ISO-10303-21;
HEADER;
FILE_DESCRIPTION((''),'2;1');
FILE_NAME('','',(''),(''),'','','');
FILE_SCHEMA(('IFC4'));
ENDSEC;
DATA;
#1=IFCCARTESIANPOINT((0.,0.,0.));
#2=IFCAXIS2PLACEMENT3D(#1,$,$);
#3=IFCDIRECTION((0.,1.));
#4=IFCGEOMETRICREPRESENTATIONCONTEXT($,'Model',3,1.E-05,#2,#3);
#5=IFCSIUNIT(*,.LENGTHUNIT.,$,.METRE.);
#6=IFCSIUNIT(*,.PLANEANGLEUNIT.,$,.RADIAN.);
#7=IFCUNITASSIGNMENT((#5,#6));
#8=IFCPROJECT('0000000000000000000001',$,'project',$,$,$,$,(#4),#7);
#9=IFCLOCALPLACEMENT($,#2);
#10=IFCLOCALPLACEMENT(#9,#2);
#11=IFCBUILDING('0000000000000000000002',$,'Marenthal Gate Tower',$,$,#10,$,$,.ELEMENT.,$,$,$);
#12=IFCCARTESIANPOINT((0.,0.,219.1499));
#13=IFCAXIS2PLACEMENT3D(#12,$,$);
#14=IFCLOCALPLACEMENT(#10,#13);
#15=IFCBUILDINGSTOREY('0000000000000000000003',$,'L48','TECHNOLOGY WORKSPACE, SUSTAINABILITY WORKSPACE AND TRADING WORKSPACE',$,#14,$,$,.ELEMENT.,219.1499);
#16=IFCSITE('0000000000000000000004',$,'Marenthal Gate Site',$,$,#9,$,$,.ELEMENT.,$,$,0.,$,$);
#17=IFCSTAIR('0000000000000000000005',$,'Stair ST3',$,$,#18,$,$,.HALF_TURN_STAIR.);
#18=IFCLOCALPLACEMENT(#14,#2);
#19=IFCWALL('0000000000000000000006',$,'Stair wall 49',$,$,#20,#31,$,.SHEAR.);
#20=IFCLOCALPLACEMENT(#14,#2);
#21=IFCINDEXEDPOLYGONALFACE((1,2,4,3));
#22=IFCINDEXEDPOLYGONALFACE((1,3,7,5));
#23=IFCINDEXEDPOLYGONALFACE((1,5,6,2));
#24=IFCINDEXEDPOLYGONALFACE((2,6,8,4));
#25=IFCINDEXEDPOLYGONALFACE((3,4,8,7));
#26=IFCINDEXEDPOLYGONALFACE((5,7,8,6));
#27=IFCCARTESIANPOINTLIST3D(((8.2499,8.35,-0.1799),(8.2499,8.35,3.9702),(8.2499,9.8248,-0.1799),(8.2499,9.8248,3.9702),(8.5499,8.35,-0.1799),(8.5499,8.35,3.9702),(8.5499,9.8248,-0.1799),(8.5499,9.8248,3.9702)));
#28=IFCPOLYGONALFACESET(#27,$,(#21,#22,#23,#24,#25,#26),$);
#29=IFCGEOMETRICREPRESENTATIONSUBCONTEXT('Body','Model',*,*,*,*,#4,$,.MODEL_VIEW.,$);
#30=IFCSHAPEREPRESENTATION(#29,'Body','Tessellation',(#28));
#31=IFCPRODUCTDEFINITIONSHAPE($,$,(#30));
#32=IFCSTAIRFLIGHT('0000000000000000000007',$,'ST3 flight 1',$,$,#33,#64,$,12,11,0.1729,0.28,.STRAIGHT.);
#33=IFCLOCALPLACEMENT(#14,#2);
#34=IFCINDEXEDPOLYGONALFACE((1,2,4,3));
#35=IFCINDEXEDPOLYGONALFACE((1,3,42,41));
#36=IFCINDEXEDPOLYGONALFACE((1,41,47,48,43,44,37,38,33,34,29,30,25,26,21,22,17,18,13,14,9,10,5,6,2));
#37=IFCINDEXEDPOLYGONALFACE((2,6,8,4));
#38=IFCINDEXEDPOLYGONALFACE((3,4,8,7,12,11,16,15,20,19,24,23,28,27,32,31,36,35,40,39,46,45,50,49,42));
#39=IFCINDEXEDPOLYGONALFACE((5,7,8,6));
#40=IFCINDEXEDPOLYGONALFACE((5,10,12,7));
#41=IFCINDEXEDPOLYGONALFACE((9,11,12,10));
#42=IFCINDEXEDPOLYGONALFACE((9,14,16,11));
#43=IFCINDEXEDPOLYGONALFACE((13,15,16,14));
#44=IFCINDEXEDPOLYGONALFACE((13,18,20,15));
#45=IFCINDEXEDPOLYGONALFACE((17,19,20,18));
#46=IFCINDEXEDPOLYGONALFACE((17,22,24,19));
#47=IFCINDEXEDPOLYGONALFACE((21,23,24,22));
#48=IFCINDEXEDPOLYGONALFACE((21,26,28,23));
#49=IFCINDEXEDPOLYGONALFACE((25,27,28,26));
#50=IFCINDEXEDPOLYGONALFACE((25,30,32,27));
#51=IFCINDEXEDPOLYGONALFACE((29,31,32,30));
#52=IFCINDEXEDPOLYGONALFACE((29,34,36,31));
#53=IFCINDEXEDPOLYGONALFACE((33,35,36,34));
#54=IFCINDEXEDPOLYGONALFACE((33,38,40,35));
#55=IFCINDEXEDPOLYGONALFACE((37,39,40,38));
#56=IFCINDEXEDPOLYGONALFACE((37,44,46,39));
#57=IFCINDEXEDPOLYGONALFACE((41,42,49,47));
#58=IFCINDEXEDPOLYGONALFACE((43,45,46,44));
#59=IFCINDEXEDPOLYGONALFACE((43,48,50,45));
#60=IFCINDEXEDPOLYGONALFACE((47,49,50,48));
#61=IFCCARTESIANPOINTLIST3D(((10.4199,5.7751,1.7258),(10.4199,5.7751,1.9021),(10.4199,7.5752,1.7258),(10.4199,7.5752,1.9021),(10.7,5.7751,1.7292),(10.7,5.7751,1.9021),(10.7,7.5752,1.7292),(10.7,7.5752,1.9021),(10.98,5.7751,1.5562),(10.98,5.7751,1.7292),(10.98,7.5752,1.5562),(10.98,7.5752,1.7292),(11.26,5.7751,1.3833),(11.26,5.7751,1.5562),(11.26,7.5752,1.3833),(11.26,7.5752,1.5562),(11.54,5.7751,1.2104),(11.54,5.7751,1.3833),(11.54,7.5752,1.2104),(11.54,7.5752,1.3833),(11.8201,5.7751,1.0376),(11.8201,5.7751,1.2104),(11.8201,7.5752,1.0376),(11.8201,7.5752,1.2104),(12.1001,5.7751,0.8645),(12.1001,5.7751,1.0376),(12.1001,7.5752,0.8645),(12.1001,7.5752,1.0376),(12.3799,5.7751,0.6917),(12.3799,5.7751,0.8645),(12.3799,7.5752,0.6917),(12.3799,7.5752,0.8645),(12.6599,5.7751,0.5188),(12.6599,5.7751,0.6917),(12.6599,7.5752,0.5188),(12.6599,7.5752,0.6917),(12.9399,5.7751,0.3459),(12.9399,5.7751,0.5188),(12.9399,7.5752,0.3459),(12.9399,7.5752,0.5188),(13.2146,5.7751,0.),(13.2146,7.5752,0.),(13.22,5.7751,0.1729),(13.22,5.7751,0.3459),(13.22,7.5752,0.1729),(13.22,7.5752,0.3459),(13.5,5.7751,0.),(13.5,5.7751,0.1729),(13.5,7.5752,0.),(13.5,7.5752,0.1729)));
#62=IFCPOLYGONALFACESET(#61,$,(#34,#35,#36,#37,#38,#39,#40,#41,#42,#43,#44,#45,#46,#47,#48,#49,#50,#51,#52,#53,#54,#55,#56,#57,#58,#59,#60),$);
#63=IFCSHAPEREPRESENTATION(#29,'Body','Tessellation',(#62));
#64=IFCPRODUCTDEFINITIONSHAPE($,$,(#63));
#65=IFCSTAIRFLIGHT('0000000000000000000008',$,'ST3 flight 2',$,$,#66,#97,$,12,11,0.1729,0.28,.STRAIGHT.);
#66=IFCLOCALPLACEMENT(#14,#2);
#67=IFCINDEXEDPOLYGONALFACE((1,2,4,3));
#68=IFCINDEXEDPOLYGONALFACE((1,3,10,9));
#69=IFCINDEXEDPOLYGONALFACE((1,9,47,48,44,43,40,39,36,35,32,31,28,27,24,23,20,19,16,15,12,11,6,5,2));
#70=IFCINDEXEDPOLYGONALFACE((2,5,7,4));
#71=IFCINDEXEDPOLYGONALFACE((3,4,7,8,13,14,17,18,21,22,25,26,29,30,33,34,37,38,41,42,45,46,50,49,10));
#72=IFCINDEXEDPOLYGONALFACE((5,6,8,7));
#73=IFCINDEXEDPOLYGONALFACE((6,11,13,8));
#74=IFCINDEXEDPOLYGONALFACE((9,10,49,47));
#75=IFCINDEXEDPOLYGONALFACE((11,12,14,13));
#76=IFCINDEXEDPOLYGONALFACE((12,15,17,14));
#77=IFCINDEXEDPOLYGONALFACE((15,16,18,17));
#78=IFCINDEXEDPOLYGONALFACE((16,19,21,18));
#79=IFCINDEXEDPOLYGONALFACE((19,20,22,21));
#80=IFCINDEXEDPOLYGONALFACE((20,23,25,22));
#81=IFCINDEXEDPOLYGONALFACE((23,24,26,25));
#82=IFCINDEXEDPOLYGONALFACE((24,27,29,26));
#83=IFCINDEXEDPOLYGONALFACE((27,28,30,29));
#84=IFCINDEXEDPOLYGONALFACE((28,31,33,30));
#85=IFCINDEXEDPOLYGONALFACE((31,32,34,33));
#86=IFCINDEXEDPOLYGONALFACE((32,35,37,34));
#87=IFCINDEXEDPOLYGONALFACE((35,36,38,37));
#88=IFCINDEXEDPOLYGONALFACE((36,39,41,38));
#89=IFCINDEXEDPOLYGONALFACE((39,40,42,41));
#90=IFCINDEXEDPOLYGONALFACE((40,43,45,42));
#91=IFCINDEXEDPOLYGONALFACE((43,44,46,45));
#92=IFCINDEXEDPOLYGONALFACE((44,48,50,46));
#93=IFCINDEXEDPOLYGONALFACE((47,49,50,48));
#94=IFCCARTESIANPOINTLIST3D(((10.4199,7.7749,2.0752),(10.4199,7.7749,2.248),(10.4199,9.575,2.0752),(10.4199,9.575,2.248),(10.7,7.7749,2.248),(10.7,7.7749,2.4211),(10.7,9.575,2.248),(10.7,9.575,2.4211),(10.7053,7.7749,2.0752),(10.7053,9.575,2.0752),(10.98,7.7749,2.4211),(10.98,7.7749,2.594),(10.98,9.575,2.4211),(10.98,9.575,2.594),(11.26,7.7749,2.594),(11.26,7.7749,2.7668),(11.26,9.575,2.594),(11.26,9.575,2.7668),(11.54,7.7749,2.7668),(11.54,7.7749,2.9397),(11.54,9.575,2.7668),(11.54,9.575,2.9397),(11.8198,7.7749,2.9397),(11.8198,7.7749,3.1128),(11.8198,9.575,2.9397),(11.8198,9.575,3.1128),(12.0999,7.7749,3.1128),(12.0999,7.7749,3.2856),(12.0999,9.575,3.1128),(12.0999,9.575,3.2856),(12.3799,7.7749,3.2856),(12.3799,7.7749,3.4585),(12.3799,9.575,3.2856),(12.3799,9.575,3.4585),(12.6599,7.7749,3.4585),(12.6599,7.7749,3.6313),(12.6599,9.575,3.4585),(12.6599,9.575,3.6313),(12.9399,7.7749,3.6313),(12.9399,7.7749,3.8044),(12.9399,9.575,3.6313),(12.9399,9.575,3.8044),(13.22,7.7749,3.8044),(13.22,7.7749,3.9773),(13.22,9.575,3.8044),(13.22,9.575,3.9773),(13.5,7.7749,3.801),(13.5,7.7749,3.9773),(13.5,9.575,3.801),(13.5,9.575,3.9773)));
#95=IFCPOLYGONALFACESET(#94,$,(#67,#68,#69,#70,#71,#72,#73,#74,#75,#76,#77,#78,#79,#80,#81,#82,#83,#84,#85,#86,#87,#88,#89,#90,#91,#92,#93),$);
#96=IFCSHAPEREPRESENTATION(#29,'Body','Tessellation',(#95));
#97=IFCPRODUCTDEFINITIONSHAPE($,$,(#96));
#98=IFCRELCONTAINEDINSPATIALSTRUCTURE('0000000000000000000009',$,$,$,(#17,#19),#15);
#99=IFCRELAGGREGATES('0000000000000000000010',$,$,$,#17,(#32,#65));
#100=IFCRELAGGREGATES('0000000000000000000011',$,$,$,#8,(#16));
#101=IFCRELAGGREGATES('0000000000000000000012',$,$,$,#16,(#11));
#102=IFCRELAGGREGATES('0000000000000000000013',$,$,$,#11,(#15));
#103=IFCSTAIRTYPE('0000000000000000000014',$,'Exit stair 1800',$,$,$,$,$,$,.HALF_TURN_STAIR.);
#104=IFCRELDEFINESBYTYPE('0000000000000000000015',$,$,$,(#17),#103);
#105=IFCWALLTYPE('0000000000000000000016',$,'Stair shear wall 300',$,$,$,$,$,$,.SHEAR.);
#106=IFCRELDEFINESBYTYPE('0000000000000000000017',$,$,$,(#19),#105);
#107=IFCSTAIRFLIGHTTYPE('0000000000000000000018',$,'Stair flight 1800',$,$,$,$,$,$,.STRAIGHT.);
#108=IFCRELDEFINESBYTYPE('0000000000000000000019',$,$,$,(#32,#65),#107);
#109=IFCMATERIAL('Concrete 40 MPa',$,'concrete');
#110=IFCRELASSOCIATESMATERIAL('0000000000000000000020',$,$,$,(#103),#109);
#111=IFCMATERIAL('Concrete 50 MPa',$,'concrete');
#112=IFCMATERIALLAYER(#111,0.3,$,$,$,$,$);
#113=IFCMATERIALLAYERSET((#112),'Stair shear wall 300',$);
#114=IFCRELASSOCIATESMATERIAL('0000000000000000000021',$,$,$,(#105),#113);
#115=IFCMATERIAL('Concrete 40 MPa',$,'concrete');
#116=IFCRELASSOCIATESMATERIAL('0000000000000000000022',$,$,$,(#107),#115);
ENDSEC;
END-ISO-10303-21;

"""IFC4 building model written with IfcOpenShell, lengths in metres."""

from ifc_helpers import new_model, si_unit, direction, frame, frame_2d, origin, place, context, subcontext, project, spatial, polyline, rectangle, outline, extrude, material, layer, layer_set, type_object, element, aggregate, save


model = new_model("IFC4")

# Units and contexts
model_context = context("Model", 3, precision=1e-05, world=origin(), true_north=direction((0.0, 1.0)))
body_context = subcontext(model_context, "Body", "Model", "MODEL_VIEW")
ifc_project = project(units=[si_unit("LENGTHUNIT", "METRE"), si_unit("PLANEANGLEUNIT", "RADIAN")], contexts=[model_context])

# Site, building, storey
site_placement = place(None, origin())
site = spatial("IfcSite", under=ifc_project, at=site_placement, Name="Marenthal Gate Site", CompositionType="ELEMENT", RefElevation=0.0)
building_placement = place(site_placement, origin())
building = spatial("IfcBuilding", under=site, at=building_placement, Name="Marenthal Gate Tower", CompositionType="ELEMENT")
storey_placement = place(building_placement, frame((0.0, 0.0, 219.1499)))
storey = spatial("IfcBuildingStorey", under=building, at=storey_placement, Name="L48", Description="TECHNOLOGY WORKSPACE, SUSTAINABILITY WORKSPACE AND TRADING WORKSPACE", CompositionType="ELEMENT", Elevation=219.1499)

# Stair
ifc_material_1 = material(Name="Concrete 40 MPa", Category="concrete")
stair_type = type_object("IfcStairType", Name="Exit stair 1800", PredefinedType="HALF_TURN_STAIR", material=ifc_material_1)
stair_1_placement = place(storey_placement, origin())
stair_1 = element("IfcStair", 1, at=stair_1_placement, inside=storey, type_object=stair_type, Name="Stair ST3", PredefinedType="HALF_TURN_STAIR")

# Wall
ifc_material_2 = material(Name="Concrete 50 MPa", Category="concrete")
ifc_layer_1 = layer(ifc_material_2, 0.3)
ifc_layer_set_1 = layer_set([ifc_layer_1], Name="Stair shear wall 300")
wall_type_1 = type_object("IfcWallType", Name="Stair shear wall 300", PredefinedType="SHEAR", material=ifc_layer_set_1)
wall_1_placement = place(storey_placement, frame((8.3999, 8.3501, -0.1799), z_axis=(0.0, 0.0, 1.0), x_axis=(0.0, 1.0, 0.0)))
element("IfcWall", 2, at=wall_1_placement, inside=storey, type_object=wall_type_1, Name="Stair wall 49", PredefinedType="SHEAR", context=body_context, shape_type="SweptSolid", body=[
    extrude(rectangle(XDim=1.4749, YDim=0.3, at=frame_2d((0.7373, 0.0))), origin(), (0.0, 0.0, 1.0), 4.1501),
])

# Stair flights
ifc_material_3 = material(Name="Concrete 40 MPa", Category="concrete")
stair_flight_type = type_object("IfcStairFlightType", Name="Stair flight 1800", PredefinedType="STRAIGHT", material=ifc_material_3)
stair_flight_1_placement = place(storey_placement, frame((13.5, 6.675, 0.0), z_axis=(0.0, 0.0, 1.0), x_axis=(-1.0, 0.0, 0.0)))
stair_flight_1 = element("IfcStairFlight", 3, at=stair_flight_1_placement, type_object=stair_flight_type, Name="ST3 flight 1", NumberOfRisers=12, NumberOfTreads=11, PredefinedType="STRAIGHT", RiserHeight=0.1729, TreadLength=0.28, context=body_context, shape_type="SweptSolid", body=[
    extrude(outline(polyline([(0.0, 0.0), (0.0, 0.1729), (0.28, 0.1729), (0.28, 0.3459), (0.5601, 0.3459), (0.5601, 0.5188), (0.8401, 0.5188), (0.8401, 0.6917), (1.1201, 0.6917), (1.1201, 0.8645), (1.3999, 0.8645), (1.3999, 1.0376), (1.6799, 1.0376), (1.6799, 1.2104), (1.96, 1.2104), (1.96, 1.3833), (2.24, 1.3833), (2.24, 1.5562), (2.52, 1.5562), (2.52, 1.7292), (2.8, 1.7292), (2.8, 1.9021), (3.0801, 1.9021), (3.0801, 2.075), (3.0801, 1.7258), (0.2854, 0.0), (0.0, 0.0)])), frame((0.0, 0.8999, 0.0), z_axis=(0.0, -1.0, 0.0), x_axis=(1.0, 0.0, 0.0)), (0.0, 0.0, 1.0), 1.8),
])
stair_flight_2_placement = place(storey_placement, frame((10.4199, 8.675, 2.0752), z_axis=(0.0, 0.0, 1.0), x_axis=(1.0, 0.0, 0.0)))
stair_flight_2 = element("IfcStairFlight", 4, at=stair_flight_2_placement, type_object=stair_flight_type, Name="ST3 flight 2", NumberOfRisers=12, NumberOfTreads=11, PredefinedType="STRAIGHT", RiserHeight=0.1729, TreadLength=0.28, context=body_context, shape_type="SweptSolid", body=[
    extrude(outline(polyline([(0.0, 0.0), (0.0, 0.1729), (0.28, 0.1729), (0.28, 0.3459), (0.5601, 0.3459), (0.5601, 0.5188), (0.8401, 0.5188), (0.8401, 0.6917), (1.1201, 0.6917), (1.1201, 0.8645), (1.3999, 0.8645), (1.3999, 1.0376), (1.6799, 1.0376), (1.6799, 1.2104), (1.96, 1.2104), (1.96, 1.3833), (2.24, 1.3833), (2.24, 1.5562), (2.52, 1.5562), (2.52, 1.7292), (2.8, 1.7292), (2.8, 1.9021), (3.0801, 1.9021), (3.0801, 2.075), (3.0801, 1.7258), (0.2854, 0.0), (0.0, 0.0)])), frame((0.0, 0.8999, 0.0), z_axis=(0.0, -1.0, 0.0), x_axis=(1.0, 0.0, 0.0)), (0.0, 0.0, 1.0), 1.8),
])
aggregate(stair_1, [stair_flight_1, stair_flight_2])

save(model, "model.ifc")
